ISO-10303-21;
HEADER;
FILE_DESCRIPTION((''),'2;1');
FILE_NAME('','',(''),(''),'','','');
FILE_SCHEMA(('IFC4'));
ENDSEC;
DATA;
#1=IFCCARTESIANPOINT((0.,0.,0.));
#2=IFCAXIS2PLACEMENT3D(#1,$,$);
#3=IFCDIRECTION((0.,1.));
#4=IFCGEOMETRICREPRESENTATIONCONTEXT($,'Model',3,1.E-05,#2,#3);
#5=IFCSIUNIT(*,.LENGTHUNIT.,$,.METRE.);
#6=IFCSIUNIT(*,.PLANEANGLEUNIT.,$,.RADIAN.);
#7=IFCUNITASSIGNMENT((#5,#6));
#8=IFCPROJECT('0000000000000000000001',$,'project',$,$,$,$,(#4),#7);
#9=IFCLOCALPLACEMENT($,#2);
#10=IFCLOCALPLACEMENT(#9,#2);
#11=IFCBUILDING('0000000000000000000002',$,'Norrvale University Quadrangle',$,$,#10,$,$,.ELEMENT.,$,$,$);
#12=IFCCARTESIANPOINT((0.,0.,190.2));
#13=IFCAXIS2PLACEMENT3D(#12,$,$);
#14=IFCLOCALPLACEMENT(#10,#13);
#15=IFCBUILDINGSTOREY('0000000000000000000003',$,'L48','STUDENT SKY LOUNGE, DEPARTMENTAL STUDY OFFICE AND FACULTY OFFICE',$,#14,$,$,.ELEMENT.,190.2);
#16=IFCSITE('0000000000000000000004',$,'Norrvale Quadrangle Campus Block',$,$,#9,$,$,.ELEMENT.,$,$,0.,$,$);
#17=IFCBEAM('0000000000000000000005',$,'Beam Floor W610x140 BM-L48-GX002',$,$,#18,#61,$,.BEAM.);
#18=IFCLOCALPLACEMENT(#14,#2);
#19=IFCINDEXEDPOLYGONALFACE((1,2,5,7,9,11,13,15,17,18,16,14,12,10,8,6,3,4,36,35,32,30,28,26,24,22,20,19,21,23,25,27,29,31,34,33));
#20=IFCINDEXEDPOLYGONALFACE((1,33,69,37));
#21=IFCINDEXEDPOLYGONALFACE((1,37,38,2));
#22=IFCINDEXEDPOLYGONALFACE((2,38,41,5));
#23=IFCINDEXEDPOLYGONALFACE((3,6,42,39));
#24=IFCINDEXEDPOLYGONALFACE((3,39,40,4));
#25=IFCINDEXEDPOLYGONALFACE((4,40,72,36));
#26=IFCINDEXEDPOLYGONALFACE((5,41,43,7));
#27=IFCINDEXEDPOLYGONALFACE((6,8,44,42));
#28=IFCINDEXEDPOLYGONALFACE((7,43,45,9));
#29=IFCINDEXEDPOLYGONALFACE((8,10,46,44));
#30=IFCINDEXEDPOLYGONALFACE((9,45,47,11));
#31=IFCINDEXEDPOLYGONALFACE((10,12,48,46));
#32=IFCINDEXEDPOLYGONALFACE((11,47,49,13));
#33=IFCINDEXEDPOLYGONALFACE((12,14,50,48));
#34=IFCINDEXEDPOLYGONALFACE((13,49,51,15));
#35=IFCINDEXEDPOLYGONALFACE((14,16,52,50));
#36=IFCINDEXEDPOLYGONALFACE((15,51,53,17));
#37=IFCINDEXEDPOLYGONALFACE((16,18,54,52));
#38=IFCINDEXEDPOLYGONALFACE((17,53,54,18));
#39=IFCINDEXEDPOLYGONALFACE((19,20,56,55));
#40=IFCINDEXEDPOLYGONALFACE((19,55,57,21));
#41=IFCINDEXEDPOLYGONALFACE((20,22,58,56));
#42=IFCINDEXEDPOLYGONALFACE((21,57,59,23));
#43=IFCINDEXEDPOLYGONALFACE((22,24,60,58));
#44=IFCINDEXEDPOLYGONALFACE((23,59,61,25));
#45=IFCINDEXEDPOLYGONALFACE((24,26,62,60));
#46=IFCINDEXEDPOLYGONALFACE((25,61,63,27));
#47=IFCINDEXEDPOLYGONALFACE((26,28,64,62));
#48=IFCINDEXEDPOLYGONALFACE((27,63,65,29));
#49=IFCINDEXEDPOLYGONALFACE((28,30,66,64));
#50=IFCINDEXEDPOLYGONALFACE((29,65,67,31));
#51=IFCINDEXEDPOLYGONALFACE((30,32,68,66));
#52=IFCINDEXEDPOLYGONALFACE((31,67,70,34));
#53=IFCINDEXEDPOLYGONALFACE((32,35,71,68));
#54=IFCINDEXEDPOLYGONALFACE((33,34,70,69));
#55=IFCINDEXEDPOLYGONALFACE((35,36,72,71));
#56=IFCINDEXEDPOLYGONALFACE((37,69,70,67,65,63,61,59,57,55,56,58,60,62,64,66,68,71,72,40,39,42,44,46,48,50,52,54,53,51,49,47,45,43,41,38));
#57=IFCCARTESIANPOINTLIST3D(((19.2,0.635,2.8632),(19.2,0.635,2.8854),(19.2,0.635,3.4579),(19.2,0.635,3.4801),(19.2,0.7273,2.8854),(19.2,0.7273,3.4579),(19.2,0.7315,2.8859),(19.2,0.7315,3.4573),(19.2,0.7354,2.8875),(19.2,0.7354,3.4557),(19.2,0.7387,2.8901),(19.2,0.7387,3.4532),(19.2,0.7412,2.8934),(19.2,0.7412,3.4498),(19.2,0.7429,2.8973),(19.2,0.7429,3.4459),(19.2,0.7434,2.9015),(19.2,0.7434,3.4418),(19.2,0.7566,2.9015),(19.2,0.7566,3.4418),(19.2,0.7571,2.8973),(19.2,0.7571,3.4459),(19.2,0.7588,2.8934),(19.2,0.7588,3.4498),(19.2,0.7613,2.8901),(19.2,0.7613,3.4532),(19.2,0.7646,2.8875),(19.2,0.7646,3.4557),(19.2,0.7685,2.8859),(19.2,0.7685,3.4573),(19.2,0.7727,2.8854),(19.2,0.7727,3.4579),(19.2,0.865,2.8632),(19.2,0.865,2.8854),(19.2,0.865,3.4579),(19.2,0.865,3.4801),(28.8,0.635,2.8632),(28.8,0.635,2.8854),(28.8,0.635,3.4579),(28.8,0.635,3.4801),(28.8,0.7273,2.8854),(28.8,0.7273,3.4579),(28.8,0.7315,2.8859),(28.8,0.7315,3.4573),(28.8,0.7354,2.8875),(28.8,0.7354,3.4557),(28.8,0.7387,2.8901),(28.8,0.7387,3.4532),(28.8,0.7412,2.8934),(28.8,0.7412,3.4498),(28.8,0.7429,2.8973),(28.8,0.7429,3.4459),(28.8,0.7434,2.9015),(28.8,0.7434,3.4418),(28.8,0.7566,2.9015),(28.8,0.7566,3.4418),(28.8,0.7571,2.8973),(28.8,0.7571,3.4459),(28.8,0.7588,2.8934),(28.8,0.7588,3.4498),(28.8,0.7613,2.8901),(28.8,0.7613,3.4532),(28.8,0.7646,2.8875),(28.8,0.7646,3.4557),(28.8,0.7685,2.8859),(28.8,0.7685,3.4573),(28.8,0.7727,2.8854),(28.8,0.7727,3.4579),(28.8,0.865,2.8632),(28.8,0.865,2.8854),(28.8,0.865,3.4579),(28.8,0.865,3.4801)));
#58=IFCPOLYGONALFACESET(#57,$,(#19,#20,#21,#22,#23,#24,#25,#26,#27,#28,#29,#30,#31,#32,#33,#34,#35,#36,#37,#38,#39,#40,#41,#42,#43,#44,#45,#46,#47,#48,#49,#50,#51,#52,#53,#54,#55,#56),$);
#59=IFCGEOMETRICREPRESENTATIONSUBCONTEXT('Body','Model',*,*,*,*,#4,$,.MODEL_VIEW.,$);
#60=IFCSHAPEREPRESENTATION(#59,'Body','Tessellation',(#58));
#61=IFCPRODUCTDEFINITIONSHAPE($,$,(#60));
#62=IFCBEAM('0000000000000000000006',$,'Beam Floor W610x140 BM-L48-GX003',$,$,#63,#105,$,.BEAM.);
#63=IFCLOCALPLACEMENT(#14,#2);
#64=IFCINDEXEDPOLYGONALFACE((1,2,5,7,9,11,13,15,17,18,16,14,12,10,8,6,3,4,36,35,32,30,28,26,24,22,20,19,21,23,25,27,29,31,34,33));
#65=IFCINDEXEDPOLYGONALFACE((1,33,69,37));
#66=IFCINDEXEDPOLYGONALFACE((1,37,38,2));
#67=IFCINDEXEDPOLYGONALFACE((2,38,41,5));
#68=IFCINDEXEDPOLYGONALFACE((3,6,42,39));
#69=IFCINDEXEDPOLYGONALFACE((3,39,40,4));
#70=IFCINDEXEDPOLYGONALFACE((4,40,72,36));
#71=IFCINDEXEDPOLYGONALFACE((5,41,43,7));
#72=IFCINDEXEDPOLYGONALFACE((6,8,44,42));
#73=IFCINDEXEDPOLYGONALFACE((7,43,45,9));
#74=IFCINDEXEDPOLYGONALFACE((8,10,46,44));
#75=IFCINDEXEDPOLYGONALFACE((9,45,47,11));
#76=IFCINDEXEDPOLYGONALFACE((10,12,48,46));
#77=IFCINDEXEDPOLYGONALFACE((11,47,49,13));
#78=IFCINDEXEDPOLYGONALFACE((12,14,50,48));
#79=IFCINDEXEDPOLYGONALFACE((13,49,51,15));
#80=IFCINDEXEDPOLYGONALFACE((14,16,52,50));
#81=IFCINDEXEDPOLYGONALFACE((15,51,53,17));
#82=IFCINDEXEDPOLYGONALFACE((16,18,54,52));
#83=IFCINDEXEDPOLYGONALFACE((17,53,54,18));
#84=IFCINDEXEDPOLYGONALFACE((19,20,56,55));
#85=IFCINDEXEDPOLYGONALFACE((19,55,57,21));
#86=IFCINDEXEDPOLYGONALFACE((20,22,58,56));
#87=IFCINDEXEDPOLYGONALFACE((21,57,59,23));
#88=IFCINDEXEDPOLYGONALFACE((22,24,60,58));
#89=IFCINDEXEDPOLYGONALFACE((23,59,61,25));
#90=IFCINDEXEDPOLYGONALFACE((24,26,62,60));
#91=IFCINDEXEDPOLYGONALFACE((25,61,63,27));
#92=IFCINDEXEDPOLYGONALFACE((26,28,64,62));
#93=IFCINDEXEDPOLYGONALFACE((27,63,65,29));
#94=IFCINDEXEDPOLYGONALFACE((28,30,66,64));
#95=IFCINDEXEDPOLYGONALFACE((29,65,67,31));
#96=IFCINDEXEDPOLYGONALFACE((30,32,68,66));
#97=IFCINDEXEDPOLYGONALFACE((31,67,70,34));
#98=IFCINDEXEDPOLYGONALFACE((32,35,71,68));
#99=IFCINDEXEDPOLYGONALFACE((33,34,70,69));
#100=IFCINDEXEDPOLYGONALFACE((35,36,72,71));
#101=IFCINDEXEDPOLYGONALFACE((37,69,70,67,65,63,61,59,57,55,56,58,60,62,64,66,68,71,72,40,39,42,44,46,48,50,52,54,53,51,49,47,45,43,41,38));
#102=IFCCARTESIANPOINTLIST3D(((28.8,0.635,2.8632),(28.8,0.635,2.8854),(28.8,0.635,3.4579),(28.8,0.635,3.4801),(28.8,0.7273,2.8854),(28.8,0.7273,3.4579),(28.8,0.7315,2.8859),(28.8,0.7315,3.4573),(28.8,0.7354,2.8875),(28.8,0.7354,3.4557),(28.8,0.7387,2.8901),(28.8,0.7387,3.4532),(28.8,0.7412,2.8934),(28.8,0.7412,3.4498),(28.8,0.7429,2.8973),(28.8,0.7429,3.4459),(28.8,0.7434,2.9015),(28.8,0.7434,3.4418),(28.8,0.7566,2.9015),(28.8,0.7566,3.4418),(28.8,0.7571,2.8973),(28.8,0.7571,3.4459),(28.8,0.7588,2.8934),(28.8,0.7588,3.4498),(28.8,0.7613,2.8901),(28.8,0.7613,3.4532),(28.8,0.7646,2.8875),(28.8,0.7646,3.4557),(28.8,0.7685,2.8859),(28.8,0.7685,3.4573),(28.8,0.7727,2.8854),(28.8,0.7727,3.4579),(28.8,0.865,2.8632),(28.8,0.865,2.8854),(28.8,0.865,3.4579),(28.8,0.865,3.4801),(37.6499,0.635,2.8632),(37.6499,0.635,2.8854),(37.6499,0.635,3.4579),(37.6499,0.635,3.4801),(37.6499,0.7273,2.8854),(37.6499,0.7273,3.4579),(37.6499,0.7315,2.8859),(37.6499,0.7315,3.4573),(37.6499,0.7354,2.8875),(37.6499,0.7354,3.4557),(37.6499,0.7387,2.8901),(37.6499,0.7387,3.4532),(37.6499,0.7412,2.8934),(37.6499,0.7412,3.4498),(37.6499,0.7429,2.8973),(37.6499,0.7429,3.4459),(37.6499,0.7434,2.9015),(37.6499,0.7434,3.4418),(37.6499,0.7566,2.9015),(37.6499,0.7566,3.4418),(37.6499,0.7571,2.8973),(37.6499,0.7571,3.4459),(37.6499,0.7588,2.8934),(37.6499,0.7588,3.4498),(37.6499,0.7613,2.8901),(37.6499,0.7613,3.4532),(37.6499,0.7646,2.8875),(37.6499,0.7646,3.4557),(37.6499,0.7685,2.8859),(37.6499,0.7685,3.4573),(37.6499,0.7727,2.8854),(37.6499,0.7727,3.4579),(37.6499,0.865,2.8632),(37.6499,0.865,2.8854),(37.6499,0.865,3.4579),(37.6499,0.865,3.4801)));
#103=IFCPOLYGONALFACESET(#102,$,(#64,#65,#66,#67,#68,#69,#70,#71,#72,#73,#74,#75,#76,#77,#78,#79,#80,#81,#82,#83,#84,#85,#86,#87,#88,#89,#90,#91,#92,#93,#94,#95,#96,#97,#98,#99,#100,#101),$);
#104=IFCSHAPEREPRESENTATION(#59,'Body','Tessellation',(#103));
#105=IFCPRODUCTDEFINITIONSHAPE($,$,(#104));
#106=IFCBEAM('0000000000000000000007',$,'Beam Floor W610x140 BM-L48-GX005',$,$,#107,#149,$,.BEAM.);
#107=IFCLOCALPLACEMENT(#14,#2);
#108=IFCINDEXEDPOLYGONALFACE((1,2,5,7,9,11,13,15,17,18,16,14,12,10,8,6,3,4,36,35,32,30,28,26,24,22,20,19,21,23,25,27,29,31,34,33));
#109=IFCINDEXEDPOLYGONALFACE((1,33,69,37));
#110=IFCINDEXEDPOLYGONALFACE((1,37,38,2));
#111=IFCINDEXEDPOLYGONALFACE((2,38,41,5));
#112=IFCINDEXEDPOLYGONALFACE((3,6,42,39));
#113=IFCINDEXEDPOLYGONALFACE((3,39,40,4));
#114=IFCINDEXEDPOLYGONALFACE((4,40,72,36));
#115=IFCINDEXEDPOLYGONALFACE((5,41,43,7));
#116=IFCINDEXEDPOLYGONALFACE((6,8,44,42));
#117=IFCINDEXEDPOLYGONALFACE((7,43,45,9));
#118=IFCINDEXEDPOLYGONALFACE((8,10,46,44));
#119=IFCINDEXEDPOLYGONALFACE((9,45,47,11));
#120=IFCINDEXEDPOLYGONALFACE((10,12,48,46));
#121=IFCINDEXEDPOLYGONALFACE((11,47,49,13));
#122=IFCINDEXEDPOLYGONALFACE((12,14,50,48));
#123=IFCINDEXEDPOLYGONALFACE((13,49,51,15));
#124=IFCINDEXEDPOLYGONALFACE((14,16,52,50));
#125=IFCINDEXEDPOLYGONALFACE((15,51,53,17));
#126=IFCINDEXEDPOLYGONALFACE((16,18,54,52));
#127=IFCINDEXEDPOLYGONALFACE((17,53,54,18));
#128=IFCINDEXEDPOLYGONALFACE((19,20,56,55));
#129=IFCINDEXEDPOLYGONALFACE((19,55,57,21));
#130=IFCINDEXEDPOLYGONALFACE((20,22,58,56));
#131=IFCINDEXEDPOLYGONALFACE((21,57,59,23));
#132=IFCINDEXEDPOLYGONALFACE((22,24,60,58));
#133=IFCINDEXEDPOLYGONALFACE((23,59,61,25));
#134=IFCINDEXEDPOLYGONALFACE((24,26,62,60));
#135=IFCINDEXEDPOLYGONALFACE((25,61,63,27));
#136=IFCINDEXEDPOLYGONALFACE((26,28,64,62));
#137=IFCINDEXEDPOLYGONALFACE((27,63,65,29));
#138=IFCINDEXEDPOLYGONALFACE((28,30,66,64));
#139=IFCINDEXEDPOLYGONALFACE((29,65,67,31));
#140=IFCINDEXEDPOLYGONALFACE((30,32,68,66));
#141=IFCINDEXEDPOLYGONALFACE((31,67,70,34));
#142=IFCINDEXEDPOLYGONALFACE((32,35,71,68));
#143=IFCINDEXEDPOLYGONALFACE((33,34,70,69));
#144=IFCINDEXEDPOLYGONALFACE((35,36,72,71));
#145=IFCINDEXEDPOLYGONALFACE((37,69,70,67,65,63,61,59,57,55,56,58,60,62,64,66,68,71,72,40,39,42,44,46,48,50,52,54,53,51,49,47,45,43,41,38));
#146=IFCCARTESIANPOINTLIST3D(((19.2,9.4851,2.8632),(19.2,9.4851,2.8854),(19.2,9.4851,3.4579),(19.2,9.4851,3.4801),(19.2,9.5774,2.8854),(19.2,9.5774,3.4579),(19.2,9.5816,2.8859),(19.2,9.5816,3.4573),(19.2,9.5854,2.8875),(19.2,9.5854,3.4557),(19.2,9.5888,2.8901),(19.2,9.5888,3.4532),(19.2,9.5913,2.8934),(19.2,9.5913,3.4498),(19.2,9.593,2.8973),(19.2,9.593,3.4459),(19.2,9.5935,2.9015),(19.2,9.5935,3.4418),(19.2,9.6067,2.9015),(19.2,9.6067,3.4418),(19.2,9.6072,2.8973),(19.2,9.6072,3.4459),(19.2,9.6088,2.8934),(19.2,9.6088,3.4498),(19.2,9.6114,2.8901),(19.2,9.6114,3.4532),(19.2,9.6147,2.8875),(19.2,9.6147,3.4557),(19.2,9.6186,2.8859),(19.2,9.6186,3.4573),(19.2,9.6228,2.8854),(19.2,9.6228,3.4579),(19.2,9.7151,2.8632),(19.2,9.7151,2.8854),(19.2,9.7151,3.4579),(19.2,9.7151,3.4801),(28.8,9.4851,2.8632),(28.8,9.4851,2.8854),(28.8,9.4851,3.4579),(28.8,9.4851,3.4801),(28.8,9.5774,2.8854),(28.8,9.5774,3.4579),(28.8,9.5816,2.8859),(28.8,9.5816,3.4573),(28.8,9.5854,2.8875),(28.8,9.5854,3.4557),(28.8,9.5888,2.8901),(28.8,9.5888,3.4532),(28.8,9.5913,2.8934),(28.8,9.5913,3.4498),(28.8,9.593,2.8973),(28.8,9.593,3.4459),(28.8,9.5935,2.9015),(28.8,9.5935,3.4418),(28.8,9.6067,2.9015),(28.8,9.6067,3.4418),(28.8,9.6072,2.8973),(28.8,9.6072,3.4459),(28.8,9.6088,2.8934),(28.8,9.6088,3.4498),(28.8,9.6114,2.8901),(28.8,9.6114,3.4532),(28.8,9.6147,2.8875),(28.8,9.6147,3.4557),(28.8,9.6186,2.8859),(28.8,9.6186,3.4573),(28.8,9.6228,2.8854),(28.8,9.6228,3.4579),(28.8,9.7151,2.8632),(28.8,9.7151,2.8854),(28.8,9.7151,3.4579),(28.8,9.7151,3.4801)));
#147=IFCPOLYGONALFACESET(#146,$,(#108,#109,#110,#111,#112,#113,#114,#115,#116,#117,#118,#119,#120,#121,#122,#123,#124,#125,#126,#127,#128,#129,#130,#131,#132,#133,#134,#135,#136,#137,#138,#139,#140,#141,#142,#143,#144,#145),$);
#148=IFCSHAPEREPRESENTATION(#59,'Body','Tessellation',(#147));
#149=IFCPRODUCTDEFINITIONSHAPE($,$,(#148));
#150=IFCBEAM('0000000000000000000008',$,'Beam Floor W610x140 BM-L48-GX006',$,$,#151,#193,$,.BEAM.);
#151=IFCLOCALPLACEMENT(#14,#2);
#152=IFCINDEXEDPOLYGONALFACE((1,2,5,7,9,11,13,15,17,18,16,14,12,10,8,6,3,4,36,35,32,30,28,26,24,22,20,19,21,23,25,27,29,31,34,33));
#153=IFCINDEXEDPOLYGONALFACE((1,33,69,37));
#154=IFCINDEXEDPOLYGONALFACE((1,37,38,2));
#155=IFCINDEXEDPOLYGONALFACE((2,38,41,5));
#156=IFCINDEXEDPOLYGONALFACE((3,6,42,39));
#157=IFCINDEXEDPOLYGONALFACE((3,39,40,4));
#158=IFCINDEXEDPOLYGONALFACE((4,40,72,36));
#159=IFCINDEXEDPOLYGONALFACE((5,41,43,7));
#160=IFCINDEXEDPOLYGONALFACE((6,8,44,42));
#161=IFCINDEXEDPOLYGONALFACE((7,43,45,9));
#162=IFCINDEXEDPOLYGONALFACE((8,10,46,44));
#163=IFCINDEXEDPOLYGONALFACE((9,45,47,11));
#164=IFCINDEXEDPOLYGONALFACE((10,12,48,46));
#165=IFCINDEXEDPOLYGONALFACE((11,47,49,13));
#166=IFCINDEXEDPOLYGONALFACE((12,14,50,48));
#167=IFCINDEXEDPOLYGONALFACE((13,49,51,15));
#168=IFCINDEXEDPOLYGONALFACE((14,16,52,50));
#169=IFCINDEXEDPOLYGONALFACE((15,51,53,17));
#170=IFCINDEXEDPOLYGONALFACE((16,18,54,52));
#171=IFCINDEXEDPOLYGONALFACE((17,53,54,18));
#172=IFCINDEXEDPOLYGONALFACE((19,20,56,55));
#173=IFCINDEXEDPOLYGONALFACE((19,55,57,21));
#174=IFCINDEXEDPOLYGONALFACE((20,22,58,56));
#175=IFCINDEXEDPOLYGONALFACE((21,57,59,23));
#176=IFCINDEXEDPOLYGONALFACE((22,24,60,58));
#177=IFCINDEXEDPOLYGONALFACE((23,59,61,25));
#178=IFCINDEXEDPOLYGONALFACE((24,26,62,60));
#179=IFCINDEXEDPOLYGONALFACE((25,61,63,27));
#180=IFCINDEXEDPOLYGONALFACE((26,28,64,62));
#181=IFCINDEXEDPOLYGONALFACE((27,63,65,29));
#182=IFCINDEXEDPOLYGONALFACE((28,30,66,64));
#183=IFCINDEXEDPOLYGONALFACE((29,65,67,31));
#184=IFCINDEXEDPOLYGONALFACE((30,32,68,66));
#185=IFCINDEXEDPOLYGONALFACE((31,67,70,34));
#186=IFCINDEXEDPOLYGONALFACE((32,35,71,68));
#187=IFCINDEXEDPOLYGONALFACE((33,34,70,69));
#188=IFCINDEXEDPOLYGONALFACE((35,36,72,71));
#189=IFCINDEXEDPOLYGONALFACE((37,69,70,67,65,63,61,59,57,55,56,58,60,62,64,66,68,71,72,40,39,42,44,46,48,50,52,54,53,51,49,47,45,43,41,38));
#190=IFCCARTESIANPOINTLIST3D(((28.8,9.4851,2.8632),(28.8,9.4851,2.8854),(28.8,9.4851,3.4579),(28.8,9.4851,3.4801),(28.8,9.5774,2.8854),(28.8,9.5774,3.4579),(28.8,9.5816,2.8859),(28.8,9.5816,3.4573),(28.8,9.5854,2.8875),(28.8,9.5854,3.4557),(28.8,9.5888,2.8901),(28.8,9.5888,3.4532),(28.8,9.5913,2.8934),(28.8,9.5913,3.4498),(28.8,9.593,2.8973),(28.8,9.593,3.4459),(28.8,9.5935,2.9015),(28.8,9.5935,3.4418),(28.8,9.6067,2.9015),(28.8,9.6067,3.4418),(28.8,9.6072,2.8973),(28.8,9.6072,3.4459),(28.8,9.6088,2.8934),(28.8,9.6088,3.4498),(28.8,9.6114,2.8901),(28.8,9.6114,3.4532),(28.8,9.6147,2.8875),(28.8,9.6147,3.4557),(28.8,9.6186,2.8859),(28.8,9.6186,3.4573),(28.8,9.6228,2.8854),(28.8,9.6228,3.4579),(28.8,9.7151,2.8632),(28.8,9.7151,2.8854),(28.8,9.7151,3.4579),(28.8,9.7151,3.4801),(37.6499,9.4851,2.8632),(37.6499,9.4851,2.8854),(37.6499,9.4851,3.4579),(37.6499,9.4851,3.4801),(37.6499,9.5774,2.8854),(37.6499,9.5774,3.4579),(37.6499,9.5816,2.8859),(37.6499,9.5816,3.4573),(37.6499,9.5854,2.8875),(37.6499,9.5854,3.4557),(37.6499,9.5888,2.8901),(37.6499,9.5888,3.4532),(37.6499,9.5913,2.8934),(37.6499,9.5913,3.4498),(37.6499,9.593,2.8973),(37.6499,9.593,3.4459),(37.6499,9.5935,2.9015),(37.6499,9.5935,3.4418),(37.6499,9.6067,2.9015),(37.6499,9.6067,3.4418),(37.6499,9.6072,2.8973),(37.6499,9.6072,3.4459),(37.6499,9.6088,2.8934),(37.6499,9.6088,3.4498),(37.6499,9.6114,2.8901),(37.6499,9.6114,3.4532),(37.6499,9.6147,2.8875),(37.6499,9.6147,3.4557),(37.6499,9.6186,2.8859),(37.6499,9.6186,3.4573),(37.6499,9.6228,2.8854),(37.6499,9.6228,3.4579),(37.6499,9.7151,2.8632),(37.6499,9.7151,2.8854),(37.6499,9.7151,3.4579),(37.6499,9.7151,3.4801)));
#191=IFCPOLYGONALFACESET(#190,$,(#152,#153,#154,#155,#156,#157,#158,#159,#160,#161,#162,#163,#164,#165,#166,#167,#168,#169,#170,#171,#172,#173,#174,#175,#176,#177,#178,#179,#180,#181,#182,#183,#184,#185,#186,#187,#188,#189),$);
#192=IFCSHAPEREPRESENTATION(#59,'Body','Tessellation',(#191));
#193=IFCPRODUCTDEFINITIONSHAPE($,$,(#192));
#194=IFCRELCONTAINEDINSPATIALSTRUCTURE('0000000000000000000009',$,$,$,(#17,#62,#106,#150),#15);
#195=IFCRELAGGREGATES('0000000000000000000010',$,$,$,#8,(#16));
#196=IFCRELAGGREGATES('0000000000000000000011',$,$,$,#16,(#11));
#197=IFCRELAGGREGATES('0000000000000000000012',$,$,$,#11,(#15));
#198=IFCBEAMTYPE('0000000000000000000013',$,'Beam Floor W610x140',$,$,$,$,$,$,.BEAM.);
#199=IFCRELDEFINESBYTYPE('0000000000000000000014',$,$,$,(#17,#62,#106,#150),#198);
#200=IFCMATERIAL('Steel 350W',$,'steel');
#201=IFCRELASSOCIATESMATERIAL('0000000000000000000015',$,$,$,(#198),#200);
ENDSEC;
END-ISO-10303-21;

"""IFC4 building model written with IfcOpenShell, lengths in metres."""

from ifc_helpers import new_model, si_unit, direction, frame, origin, origin_2d, place, context, subcontext, project, spatial, i_section, extrude, material, material_profile, profile_set, type_object, element, save


model = new_model("IFC4")

# Units and contexts
model_context = context("Model", 3, precision=1e-05, world=origin(), true_north=direction((0.0, 1.0)))
body_context = subcontext(model_context, "Body", "Model", "MODEL_VIEW")
ifc_project = project(units=[si_unit("LENGTHUNIT", "METRE"), si_unit("PLANEANGLEUNIT", "RADIAN")], contexts=[model_context])

# Site, building, storey
site_placement = place(None, origin())
site = spatial("IfcSite", under=ifc_project, at=site_placement, Name="Norrvale Quadrangle Campus Block", CompositionType="ELEMENT", RefElevation=0.0)
building_placement = place(site_placement, origin())
building = spatial("IfcBuilding", under=site, at=building_placement, Name="Norrvale University Quadrangle", CompositionType="ELEMENT")
storey_placement = place(building_placement, frame((0.0, 0.0, 190.2)))
storey = spatial("IfcBuildingStorey", under=building, at=storey_placement, Name="L48", Description="STUDENT SKY LOUNGE, DEPARTMENTAL STUDY OFFICE AND FACULTY OFFICE", CompositionType="ELEMENT", Elevation=190.2)

# Beams
ifc_material_1 = material(Name="Steel 350W", Category="steel")
ifc_material_profile_1 = material_profile(ifc_material_1, i_section(OverallWidth=0.23, OverallDepth=0.6169, WebThickness=0.0132, FlangeThickness=0.0222, FilletRadius=0.0161, at=origin_2d()), Name="Steel 350W")
ifc_profile_set_1 = profile_set([ifc_material_profile_1], Name="Steel 350W")
beam_type_1 = type_object("IfcBeamType", Name="Beam Floor W610x140", PredefinedType="BEAM", material=ifc_profile_set_1)
beam_1_placement = place(storey_placement, frame((19.2, 0.75, 3.1716), z_axis=(1.0, 0.0, 0.0), x_axis=(0.0, 1.0, 0.0)))
element("IfcBeam", 1, at=beam_1_placement, inside=storey, type_object=beam_type_1, Name="Beam Floor W610x140 BM-L48-GX002", PredefinedType="BEAM", context=body_context, shape_type="SweptSolid", body=[
    extrude(i_section(OverallWidth=0.23, OverallDepth=0.6169, WebThickness=0.0132, FlangeThickness=0.0222, FilletRadius=0.0161, at=origin_2d()), origin(), (0.0, 0.0, 1.0), 9.6001),
])
beam_2_placement = place(storey_placement, frame((28.8, 0.75, 3.1716), z_axis=(1.0, 0.0, 0.0), x_axis=(0.0, 1.0, 0.0)))
element("IfcBeam", 2, at=beam_2_placement, inside=storey, type_object=beam_type_1, Name="Beam Floor W610x140 BM-L48-GX003", PredefinedType="BEAM", context=body_context, shape_type="SweptSolid", body=[
    extrude(i_section(OverallWidth=0.23, OverallDepth=0.6169, WebThickness=0.0132, FlangeThickness=0.0222, FilletRadius=0.0161, at=origin_2d()), origin(), (0.0, 0.0, 1.0), 8.8499),
])
beam_3_placement = place(storey_placement, frame((19.2, 9.6001, 3.1716), z_axis=(1.0, 0.0, 0.0), x_axis=(0.0, 1.0, 0.0)))
element("IfcBeam", 3, at=beam_3_placement, inside=storey, type_object=beam_type_1, Name="Beam Floor W610x140 BM-L48-GX005", PredefinedType="BEAM", context=body_context, shape_type="SweptSolid", body=[
    extrude(i_section(OverallWidth=0.23, OverallDepth=0.6169, WebThickness=0.0132, FlangeThickness=0.0222, FilletRadius=0.0161, at=origin_2d()), origin(), (0.0, 0.0, 1.0), 9.6001),
])
beam_4_placement = place(storey_placement, frame((28.8, 9.6001, 3.1716), z_axis=(1.0, 0.0, 0.0), x_axis=(0.0, 1.0, 0.0)))
element("IfcBeam", 4, at=beam_4_placement, inside=storey, type_object=beam_type_1, Name="Beam Floor W610x140 BM-L48-GX006", PredefinedType="BEAM", context=body_context, shape_type="SweptSolid", body=[
    extrude(i_section(OverallWidth=0.23, OverallDepth=0.6169, WebThickness=0.0132, FlangeThickness=0.0222, FilletRadius=0.0161, at=origin_2d()), origin(), (0.0, 0.0, 1.0), 8.8499),
])

save(model, "model.ifc")
